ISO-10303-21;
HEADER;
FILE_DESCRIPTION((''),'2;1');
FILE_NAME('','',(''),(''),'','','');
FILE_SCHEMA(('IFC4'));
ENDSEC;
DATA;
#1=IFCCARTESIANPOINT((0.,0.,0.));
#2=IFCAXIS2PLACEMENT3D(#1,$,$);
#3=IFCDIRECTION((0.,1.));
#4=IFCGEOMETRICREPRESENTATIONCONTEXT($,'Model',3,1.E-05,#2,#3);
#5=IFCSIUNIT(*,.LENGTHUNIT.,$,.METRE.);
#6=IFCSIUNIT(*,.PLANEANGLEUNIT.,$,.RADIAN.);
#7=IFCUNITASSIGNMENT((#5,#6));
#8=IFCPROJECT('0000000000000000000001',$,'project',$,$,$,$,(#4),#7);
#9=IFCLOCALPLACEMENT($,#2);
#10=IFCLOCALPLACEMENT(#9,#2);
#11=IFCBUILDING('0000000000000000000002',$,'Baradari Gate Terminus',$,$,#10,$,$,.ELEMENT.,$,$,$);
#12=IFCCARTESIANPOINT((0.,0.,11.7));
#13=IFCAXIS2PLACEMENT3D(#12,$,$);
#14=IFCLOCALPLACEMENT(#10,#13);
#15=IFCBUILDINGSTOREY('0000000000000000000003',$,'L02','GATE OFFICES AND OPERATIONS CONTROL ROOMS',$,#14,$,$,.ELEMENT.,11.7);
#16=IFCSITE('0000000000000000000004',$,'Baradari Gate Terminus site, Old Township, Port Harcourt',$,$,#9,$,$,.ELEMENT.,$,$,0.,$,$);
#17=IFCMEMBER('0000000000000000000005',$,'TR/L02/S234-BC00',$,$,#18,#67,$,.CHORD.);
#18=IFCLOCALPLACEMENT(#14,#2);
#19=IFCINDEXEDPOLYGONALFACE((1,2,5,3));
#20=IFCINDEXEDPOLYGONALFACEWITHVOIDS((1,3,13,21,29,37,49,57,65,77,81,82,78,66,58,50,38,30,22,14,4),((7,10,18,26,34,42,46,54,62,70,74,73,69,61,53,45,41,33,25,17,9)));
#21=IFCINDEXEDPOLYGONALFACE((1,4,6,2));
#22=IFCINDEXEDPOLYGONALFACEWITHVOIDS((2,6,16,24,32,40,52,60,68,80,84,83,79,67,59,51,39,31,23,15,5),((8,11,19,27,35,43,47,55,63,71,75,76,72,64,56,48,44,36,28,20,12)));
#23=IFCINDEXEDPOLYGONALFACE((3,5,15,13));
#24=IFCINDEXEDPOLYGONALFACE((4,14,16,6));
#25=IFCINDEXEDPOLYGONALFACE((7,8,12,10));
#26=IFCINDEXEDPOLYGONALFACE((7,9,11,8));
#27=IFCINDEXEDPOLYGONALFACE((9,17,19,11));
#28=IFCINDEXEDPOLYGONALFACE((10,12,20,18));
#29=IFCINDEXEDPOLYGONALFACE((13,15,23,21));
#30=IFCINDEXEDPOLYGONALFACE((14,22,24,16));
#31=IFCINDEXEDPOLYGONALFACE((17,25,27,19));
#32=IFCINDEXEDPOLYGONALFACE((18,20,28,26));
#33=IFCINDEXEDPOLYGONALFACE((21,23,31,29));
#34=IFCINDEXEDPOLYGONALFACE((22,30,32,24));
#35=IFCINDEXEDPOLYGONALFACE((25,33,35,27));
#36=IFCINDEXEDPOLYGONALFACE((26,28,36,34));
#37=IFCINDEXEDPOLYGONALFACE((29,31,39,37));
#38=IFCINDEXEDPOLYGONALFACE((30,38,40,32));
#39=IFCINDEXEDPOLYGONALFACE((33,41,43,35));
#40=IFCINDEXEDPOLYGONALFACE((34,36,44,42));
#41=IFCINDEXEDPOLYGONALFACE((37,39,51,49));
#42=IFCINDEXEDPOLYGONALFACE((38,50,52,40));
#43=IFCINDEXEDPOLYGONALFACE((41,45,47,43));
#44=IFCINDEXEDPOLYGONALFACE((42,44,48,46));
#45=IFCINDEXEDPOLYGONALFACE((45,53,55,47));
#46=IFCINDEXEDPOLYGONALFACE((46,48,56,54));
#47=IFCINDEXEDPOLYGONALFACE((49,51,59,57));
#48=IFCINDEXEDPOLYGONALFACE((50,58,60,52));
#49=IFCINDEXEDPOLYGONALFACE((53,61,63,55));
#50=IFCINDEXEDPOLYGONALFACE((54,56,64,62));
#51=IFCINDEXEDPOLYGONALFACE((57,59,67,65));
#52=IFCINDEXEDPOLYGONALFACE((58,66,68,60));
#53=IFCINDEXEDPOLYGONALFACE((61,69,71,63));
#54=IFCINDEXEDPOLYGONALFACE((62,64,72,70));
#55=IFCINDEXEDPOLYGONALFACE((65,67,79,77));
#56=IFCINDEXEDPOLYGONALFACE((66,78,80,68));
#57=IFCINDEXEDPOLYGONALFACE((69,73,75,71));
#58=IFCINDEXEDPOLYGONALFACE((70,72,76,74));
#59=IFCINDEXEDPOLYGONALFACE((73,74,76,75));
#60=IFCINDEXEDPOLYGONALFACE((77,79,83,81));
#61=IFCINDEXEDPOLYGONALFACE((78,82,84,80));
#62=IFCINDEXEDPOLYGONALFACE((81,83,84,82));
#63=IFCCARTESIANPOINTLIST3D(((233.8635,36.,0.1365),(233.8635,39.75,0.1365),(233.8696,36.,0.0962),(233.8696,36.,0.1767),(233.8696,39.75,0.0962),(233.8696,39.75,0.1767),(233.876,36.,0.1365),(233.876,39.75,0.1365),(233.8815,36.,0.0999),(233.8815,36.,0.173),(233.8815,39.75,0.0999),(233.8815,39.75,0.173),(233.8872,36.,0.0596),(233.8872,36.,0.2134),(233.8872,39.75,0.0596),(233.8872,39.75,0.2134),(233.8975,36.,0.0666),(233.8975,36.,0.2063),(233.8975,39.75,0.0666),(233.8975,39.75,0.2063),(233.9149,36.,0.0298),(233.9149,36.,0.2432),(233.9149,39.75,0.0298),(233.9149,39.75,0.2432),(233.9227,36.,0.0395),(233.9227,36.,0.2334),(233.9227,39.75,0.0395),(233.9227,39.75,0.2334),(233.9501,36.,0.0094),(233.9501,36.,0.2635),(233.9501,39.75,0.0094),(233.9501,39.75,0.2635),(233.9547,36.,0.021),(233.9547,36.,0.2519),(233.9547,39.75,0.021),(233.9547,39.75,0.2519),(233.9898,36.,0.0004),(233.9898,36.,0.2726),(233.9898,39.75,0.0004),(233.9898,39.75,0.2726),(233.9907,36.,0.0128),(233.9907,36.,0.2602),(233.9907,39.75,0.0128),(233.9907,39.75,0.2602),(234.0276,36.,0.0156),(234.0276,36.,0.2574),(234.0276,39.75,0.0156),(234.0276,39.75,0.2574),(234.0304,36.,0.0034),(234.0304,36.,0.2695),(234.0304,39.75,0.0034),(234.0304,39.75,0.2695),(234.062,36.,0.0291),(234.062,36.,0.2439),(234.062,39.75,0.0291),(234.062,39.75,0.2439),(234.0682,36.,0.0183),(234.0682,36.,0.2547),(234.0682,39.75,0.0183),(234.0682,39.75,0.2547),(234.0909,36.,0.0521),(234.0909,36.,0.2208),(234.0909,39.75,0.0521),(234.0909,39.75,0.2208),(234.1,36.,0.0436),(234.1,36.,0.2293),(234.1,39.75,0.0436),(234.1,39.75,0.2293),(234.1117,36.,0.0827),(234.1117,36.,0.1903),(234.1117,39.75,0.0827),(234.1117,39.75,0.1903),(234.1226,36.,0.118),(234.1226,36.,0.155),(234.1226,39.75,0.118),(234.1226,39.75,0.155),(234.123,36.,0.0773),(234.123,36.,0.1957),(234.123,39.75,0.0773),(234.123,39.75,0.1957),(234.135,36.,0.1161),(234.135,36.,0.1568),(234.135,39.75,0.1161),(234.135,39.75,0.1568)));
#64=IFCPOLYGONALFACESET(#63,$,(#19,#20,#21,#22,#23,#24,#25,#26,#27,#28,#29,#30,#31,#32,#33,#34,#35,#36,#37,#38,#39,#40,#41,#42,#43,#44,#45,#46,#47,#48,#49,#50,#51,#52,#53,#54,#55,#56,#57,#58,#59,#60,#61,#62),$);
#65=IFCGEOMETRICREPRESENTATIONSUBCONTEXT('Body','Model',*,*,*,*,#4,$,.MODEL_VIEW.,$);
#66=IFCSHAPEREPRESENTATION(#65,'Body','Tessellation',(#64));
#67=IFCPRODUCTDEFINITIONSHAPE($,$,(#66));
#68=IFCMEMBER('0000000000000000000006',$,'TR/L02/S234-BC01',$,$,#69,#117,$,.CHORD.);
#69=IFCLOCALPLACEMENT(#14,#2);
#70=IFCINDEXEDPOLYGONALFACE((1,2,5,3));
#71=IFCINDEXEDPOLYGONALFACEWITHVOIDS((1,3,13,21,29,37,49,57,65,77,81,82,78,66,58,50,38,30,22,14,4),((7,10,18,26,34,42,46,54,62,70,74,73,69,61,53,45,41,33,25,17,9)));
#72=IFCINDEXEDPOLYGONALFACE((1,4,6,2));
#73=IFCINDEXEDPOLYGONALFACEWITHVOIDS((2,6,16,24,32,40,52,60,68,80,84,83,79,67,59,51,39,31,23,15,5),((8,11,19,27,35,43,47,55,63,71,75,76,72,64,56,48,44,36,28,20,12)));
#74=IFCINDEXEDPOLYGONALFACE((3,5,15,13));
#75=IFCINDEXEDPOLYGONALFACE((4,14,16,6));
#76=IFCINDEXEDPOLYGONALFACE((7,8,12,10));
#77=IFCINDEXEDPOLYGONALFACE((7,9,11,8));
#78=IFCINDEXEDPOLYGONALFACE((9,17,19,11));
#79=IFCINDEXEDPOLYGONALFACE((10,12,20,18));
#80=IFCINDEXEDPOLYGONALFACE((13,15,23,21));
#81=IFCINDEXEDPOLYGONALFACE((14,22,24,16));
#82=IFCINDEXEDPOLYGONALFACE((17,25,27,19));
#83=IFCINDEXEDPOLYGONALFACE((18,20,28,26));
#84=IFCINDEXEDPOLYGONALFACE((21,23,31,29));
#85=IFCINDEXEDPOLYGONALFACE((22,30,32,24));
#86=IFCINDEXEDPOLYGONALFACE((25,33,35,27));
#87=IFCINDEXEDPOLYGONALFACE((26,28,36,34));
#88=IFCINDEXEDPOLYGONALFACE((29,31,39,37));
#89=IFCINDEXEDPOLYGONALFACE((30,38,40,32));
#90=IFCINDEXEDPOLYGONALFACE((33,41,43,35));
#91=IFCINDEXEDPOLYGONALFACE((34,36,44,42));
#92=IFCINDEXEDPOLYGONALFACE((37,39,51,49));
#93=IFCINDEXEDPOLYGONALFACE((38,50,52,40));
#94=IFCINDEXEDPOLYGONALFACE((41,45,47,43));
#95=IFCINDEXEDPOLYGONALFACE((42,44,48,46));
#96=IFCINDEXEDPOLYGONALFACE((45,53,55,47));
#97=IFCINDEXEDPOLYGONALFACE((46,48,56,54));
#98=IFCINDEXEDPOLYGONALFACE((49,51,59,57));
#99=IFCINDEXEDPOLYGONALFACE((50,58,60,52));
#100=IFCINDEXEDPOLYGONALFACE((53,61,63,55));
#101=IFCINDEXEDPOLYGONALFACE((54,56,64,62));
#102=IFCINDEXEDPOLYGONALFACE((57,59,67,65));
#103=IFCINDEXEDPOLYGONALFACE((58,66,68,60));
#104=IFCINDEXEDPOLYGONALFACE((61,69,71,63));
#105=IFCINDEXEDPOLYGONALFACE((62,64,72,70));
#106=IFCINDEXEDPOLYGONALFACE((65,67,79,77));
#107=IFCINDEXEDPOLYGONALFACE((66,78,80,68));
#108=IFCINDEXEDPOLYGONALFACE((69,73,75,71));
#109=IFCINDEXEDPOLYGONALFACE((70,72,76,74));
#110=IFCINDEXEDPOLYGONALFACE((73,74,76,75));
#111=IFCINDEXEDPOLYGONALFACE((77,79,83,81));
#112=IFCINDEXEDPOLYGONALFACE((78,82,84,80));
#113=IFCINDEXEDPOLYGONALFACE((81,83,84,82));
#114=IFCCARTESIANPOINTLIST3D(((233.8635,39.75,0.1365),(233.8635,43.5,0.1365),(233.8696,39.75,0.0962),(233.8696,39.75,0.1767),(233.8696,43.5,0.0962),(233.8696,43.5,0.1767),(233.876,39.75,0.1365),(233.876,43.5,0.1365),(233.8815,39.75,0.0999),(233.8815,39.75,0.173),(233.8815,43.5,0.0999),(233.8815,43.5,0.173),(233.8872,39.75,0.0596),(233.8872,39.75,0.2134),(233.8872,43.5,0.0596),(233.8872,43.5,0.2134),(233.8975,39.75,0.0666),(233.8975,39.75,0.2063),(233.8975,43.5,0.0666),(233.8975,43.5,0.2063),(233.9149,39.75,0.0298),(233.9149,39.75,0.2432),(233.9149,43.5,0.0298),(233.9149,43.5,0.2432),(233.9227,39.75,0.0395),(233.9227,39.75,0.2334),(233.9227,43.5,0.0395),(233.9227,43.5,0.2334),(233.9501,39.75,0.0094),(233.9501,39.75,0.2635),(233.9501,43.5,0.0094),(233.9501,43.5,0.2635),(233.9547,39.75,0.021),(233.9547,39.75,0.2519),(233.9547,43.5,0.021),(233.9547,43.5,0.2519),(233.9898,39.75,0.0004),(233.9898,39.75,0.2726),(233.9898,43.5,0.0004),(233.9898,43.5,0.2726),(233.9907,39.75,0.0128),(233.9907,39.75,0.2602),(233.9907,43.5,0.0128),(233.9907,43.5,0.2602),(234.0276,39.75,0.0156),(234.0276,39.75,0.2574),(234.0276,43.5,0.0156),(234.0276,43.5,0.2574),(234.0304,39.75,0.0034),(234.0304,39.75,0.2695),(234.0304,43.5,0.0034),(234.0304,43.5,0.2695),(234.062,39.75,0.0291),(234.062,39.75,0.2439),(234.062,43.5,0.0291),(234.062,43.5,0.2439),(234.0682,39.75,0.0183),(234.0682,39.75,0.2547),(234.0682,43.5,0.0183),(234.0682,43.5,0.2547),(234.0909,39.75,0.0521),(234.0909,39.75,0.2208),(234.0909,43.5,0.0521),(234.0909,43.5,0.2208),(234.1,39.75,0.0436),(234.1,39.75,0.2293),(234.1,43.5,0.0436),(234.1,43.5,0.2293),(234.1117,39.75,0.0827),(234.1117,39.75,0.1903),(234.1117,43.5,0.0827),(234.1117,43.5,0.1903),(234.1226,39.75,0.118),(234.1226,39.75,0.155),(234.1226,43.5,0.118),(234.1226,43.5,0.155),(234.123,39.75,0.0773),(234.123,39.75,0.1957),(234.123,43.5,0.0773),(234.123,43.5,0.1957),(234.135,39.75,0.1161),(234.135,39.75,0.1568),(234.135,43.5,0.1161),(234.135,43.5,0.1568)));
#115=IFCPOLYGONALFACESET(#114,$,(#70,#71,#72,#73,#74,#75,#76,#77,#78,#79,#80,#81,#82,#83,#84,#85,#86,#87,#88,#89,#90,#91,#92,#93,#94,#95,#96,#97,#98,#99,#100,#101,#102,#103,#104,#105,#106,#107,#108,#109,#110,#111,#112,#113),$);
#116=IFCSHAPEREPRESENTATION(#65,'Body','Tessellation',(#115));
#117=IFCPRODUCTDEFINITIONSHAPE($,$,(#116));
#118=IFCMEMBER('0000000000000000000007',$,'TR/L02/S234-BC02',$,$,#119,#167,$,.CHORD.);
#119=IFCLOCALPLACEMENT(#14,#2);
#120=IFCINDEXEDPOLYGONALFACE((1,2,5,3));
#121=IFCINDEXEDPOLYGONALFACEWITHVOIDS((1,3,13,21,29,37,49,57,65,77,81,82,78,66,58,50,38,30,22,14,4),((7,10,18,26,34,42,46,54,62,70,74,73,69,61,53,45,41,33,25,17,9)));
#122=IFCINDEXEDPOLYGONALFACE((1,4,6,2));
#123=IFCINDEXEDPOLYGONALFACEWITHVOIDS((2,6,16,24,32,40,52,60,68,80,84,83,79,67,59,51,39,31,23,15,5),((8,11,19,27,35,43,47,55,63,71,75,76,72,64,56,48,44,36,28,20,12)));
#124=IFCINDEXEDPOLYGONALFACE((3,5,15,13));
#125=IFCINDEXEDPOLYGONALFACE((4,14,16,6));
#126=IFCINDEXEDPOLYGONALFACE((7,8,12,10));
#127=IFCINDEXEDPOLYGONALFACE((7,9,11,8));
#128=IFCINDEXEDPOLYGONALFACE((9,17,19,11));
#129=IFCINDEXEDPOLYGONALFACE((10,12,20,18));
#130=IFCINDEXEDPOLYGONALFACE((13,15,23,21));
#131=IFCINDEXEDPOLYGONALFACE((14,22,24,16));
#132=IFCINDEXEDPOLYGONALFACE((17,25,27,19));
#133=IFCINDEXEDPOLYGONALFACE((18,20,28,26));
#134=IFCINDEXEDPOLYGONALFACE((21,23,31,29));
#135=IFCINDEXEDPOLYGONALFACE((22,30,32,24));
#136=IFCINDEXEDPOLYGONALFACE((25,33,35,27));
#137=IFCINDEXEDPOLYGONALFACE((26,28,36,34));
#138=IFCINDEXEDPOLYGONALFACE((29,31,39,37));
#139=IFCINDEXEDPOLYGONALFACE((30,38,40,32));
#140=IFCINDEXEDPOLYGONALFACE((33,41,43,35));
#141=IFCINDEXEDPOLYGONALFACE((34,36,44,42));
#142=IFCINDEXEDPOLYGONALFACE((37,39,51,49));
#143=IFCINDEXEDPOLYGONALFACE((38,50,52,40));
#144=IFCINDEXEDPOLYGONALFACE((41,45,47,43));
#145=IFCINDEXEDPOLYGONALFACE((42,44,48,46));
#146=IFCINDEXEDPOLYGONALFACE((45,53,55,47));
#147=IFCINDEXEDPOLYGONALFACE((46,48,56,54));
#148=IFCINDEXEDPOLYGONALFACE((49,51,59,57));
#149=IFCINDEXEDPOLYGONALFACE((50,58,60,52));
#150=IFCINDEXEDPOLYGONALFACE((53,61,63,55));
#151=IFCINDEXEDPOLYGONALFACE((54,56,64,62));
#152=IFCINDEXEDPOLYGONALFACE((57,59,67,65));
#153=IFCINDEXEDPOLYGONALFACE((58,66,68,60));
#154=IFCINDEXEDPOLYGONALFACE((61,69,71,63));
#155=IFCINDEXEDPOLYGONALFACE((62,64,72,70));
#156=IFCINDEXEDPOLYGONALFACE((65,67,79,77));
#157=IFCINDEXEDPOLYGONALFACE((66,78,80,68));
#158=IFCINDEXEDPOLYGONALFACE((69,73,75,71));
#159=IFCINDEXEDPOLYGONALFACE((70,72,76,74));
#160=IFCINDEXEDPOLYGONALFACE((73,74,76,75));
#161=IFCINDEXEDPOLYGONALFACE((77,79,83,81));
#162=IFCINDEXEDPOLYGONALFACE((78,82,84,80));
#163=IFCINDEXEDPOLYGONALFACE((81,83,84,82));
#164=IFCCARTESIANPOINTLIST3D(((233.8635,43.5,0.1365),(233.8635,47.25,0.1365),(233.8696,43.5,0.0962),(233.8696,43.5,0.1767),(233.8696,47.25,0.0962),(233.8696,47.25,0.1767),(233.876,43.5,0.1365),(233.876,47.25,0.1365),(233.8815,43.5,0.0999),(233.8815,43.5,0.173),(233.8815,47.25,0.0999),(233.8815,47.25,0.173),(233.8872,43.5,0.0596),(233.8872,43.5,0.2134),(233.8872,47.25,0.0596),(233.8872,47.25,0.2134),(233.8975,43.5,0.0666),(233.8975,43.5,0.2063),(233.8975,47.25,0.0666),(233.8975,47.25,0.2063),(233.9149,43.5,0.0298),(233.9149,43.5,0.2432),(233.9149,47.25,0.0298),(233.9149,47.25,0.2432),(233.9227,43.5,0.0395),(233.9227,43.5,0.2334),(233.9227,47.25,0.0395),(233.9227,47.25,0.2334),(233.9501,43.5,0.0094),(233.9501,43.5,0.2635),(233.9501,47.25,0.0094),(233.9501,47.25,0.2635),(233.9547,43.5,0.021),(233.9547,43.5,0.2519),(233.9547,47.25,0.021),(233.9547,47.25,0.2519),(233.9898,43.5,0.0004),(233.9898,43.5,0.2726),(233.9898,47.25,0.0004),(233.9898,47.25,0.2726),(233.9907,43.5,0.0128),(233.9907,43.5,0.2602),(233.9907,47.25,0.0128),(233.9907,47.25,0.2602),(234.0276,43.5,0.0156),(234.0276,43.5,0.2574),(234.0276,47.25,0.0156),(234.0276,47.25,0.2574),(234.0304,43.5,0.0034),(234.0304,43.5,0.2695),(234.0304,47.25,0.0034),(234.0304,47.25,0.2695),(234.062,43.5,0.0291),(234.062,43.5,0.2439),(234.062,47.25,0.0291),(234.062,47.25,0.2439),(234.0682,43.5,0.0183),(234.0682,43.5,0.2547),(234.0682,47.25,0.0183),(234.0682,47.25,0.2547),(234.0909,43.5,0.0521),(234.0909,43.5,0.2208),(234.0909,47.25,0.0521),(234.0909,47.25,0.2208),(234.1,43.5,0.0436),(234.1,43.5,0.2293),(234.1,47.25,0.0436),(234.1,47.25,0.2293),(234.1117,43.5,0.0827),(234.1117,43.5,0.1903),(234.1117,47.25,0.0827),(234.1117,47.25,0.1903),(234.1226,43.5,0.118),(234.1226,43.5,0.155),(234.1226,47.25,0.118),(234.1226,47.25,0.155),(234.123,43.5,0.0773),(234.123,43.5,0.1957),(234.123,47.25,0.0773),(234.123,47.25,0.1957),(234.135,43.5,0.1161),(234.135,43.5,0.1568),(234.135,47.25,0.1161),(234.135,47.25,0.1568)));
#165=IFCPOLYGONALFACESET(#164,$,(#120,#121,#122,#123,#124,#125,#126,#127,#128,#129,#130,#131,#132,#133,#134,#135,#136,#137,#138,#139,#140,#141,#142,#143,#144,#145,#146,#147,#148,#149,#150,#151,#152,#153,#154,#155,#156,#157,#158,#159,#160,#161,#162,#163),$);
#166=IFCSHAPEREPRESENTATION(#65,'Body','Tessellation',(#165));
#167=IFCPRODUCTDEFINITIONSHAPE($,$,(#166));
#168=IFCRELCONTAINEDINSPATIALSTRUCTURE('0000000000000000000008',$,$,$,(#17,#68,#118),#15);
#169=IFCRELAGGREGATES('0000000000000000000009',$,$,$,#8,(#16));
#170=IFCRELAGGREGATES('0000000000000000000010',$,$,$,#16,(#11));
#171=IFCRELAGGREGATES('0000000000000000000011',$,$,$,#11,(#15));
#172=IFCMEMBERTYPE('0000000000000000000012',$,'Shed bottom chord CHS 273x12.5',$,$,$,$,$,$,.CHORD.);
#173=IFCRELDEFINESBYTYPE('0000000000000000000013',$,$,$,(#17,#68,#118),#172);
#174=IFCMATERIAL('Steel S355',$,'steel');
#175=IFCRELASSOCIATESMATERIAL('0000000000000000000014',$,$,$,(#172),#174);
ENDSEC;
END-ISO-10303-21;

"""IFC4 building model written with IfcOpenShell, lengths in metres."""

from ifc_helpers import new_model, si_unit, direction, frame, origin, origin_2d, place, context, subcontext, project, spatial, hollow_circle, extrude, material, material_profile, profile_set, type_object, element, save


model = new_model("IFC4")

# Units and contexts
model_context = context("Model", 3, precision=1e-05, world=origin(), true_north=direction((0.0, 1.0)))
body_context = subcontext(model_context, "Body", "Model", "MODEL_VIEW")
ifc_project = project(units=[si_unit("LENGTHUNIT", "METRE"), si_unit("PLANEANGLEUNIT", "RADIAN")], contexts=[model_context])

# Site, building, storey
site_placement = place(None, origin())
site = spatial("IfcSite", under=ifc_project, at=site_placement, Name="Baradari Gate Terminus site, Old Township, Port Harcourt", CompositionType="ELEMENT", RefElevation=0.0)
building_placement = place(site_placement, origin())
building = spatial("IfcBuilding", under=site, at=building_placement, Name="Baradari Gate Terminus", CompositionType="ELEMENT")
storey_placement = place(building_placement, frame((0.0, 0.0, 11.7)))
storey = spatial("IfcBuildingStorey", under=building, at=storey_placement, Name="L02", Description="GATE OFFICES AND OPERATIONS CONTROL ROOMS", CompositionType="ELEMENT", Elevation=11.7)

# Members
ifc_material_1 = material(Name="Steel S355", Category="steel")
ifc_material_profile_1 = material_profile(ifc_material_1, hollow_circle(Radius=0.1365, WallThickness=0.0125, at=origin_2d()), Name="CHS 273x12.5")
ifc_profile_set_1 = profile_set([ifc_material_profile_1], Name="Steel S355")
member_type_1 = type_object("IfcMemberType", Name="Shed bottom chord CHS 273x12.5", PredefinedType="CHORD", material=ifc_profile_set_1)
for number, where, z_axis, x_axis, name in (
    (1, (234.0, 36.0, 0.1365), (0.0, 1.0, 0.0), (-1.0, 0.0, 0.0), "TR/L02/S234-BC00"),
    (2, (234.0, 39.75, 0.1365), (0.0, 1.0, 0.0), (-1.0, 0.0, 0.0), "TR/L02/S234-BC01"),
    (3, (234.0, 43.5, 0.1365), (0.0, 1.0, 0.0), (-1.0, 0.0, 0.0), "TR/L02/S234-BC02"),
):
    element("IfcMember", number, at=place(storey_placement, frame(where, z_axis=z_axis, x_axis=x_axis)), inside=storey, type_object=member_type_1, Name=name, PredefinedType="CHORD", context=body_context, shape_type="SweptSolid", body=[
        extrude(hollow_circle(Radius=0.1365, WallThickness=0.0125, at=origin_2d()), origin(), (0.0, 0.0, 1.0), 3.75),
    ])

save(model, "model.ifc")
